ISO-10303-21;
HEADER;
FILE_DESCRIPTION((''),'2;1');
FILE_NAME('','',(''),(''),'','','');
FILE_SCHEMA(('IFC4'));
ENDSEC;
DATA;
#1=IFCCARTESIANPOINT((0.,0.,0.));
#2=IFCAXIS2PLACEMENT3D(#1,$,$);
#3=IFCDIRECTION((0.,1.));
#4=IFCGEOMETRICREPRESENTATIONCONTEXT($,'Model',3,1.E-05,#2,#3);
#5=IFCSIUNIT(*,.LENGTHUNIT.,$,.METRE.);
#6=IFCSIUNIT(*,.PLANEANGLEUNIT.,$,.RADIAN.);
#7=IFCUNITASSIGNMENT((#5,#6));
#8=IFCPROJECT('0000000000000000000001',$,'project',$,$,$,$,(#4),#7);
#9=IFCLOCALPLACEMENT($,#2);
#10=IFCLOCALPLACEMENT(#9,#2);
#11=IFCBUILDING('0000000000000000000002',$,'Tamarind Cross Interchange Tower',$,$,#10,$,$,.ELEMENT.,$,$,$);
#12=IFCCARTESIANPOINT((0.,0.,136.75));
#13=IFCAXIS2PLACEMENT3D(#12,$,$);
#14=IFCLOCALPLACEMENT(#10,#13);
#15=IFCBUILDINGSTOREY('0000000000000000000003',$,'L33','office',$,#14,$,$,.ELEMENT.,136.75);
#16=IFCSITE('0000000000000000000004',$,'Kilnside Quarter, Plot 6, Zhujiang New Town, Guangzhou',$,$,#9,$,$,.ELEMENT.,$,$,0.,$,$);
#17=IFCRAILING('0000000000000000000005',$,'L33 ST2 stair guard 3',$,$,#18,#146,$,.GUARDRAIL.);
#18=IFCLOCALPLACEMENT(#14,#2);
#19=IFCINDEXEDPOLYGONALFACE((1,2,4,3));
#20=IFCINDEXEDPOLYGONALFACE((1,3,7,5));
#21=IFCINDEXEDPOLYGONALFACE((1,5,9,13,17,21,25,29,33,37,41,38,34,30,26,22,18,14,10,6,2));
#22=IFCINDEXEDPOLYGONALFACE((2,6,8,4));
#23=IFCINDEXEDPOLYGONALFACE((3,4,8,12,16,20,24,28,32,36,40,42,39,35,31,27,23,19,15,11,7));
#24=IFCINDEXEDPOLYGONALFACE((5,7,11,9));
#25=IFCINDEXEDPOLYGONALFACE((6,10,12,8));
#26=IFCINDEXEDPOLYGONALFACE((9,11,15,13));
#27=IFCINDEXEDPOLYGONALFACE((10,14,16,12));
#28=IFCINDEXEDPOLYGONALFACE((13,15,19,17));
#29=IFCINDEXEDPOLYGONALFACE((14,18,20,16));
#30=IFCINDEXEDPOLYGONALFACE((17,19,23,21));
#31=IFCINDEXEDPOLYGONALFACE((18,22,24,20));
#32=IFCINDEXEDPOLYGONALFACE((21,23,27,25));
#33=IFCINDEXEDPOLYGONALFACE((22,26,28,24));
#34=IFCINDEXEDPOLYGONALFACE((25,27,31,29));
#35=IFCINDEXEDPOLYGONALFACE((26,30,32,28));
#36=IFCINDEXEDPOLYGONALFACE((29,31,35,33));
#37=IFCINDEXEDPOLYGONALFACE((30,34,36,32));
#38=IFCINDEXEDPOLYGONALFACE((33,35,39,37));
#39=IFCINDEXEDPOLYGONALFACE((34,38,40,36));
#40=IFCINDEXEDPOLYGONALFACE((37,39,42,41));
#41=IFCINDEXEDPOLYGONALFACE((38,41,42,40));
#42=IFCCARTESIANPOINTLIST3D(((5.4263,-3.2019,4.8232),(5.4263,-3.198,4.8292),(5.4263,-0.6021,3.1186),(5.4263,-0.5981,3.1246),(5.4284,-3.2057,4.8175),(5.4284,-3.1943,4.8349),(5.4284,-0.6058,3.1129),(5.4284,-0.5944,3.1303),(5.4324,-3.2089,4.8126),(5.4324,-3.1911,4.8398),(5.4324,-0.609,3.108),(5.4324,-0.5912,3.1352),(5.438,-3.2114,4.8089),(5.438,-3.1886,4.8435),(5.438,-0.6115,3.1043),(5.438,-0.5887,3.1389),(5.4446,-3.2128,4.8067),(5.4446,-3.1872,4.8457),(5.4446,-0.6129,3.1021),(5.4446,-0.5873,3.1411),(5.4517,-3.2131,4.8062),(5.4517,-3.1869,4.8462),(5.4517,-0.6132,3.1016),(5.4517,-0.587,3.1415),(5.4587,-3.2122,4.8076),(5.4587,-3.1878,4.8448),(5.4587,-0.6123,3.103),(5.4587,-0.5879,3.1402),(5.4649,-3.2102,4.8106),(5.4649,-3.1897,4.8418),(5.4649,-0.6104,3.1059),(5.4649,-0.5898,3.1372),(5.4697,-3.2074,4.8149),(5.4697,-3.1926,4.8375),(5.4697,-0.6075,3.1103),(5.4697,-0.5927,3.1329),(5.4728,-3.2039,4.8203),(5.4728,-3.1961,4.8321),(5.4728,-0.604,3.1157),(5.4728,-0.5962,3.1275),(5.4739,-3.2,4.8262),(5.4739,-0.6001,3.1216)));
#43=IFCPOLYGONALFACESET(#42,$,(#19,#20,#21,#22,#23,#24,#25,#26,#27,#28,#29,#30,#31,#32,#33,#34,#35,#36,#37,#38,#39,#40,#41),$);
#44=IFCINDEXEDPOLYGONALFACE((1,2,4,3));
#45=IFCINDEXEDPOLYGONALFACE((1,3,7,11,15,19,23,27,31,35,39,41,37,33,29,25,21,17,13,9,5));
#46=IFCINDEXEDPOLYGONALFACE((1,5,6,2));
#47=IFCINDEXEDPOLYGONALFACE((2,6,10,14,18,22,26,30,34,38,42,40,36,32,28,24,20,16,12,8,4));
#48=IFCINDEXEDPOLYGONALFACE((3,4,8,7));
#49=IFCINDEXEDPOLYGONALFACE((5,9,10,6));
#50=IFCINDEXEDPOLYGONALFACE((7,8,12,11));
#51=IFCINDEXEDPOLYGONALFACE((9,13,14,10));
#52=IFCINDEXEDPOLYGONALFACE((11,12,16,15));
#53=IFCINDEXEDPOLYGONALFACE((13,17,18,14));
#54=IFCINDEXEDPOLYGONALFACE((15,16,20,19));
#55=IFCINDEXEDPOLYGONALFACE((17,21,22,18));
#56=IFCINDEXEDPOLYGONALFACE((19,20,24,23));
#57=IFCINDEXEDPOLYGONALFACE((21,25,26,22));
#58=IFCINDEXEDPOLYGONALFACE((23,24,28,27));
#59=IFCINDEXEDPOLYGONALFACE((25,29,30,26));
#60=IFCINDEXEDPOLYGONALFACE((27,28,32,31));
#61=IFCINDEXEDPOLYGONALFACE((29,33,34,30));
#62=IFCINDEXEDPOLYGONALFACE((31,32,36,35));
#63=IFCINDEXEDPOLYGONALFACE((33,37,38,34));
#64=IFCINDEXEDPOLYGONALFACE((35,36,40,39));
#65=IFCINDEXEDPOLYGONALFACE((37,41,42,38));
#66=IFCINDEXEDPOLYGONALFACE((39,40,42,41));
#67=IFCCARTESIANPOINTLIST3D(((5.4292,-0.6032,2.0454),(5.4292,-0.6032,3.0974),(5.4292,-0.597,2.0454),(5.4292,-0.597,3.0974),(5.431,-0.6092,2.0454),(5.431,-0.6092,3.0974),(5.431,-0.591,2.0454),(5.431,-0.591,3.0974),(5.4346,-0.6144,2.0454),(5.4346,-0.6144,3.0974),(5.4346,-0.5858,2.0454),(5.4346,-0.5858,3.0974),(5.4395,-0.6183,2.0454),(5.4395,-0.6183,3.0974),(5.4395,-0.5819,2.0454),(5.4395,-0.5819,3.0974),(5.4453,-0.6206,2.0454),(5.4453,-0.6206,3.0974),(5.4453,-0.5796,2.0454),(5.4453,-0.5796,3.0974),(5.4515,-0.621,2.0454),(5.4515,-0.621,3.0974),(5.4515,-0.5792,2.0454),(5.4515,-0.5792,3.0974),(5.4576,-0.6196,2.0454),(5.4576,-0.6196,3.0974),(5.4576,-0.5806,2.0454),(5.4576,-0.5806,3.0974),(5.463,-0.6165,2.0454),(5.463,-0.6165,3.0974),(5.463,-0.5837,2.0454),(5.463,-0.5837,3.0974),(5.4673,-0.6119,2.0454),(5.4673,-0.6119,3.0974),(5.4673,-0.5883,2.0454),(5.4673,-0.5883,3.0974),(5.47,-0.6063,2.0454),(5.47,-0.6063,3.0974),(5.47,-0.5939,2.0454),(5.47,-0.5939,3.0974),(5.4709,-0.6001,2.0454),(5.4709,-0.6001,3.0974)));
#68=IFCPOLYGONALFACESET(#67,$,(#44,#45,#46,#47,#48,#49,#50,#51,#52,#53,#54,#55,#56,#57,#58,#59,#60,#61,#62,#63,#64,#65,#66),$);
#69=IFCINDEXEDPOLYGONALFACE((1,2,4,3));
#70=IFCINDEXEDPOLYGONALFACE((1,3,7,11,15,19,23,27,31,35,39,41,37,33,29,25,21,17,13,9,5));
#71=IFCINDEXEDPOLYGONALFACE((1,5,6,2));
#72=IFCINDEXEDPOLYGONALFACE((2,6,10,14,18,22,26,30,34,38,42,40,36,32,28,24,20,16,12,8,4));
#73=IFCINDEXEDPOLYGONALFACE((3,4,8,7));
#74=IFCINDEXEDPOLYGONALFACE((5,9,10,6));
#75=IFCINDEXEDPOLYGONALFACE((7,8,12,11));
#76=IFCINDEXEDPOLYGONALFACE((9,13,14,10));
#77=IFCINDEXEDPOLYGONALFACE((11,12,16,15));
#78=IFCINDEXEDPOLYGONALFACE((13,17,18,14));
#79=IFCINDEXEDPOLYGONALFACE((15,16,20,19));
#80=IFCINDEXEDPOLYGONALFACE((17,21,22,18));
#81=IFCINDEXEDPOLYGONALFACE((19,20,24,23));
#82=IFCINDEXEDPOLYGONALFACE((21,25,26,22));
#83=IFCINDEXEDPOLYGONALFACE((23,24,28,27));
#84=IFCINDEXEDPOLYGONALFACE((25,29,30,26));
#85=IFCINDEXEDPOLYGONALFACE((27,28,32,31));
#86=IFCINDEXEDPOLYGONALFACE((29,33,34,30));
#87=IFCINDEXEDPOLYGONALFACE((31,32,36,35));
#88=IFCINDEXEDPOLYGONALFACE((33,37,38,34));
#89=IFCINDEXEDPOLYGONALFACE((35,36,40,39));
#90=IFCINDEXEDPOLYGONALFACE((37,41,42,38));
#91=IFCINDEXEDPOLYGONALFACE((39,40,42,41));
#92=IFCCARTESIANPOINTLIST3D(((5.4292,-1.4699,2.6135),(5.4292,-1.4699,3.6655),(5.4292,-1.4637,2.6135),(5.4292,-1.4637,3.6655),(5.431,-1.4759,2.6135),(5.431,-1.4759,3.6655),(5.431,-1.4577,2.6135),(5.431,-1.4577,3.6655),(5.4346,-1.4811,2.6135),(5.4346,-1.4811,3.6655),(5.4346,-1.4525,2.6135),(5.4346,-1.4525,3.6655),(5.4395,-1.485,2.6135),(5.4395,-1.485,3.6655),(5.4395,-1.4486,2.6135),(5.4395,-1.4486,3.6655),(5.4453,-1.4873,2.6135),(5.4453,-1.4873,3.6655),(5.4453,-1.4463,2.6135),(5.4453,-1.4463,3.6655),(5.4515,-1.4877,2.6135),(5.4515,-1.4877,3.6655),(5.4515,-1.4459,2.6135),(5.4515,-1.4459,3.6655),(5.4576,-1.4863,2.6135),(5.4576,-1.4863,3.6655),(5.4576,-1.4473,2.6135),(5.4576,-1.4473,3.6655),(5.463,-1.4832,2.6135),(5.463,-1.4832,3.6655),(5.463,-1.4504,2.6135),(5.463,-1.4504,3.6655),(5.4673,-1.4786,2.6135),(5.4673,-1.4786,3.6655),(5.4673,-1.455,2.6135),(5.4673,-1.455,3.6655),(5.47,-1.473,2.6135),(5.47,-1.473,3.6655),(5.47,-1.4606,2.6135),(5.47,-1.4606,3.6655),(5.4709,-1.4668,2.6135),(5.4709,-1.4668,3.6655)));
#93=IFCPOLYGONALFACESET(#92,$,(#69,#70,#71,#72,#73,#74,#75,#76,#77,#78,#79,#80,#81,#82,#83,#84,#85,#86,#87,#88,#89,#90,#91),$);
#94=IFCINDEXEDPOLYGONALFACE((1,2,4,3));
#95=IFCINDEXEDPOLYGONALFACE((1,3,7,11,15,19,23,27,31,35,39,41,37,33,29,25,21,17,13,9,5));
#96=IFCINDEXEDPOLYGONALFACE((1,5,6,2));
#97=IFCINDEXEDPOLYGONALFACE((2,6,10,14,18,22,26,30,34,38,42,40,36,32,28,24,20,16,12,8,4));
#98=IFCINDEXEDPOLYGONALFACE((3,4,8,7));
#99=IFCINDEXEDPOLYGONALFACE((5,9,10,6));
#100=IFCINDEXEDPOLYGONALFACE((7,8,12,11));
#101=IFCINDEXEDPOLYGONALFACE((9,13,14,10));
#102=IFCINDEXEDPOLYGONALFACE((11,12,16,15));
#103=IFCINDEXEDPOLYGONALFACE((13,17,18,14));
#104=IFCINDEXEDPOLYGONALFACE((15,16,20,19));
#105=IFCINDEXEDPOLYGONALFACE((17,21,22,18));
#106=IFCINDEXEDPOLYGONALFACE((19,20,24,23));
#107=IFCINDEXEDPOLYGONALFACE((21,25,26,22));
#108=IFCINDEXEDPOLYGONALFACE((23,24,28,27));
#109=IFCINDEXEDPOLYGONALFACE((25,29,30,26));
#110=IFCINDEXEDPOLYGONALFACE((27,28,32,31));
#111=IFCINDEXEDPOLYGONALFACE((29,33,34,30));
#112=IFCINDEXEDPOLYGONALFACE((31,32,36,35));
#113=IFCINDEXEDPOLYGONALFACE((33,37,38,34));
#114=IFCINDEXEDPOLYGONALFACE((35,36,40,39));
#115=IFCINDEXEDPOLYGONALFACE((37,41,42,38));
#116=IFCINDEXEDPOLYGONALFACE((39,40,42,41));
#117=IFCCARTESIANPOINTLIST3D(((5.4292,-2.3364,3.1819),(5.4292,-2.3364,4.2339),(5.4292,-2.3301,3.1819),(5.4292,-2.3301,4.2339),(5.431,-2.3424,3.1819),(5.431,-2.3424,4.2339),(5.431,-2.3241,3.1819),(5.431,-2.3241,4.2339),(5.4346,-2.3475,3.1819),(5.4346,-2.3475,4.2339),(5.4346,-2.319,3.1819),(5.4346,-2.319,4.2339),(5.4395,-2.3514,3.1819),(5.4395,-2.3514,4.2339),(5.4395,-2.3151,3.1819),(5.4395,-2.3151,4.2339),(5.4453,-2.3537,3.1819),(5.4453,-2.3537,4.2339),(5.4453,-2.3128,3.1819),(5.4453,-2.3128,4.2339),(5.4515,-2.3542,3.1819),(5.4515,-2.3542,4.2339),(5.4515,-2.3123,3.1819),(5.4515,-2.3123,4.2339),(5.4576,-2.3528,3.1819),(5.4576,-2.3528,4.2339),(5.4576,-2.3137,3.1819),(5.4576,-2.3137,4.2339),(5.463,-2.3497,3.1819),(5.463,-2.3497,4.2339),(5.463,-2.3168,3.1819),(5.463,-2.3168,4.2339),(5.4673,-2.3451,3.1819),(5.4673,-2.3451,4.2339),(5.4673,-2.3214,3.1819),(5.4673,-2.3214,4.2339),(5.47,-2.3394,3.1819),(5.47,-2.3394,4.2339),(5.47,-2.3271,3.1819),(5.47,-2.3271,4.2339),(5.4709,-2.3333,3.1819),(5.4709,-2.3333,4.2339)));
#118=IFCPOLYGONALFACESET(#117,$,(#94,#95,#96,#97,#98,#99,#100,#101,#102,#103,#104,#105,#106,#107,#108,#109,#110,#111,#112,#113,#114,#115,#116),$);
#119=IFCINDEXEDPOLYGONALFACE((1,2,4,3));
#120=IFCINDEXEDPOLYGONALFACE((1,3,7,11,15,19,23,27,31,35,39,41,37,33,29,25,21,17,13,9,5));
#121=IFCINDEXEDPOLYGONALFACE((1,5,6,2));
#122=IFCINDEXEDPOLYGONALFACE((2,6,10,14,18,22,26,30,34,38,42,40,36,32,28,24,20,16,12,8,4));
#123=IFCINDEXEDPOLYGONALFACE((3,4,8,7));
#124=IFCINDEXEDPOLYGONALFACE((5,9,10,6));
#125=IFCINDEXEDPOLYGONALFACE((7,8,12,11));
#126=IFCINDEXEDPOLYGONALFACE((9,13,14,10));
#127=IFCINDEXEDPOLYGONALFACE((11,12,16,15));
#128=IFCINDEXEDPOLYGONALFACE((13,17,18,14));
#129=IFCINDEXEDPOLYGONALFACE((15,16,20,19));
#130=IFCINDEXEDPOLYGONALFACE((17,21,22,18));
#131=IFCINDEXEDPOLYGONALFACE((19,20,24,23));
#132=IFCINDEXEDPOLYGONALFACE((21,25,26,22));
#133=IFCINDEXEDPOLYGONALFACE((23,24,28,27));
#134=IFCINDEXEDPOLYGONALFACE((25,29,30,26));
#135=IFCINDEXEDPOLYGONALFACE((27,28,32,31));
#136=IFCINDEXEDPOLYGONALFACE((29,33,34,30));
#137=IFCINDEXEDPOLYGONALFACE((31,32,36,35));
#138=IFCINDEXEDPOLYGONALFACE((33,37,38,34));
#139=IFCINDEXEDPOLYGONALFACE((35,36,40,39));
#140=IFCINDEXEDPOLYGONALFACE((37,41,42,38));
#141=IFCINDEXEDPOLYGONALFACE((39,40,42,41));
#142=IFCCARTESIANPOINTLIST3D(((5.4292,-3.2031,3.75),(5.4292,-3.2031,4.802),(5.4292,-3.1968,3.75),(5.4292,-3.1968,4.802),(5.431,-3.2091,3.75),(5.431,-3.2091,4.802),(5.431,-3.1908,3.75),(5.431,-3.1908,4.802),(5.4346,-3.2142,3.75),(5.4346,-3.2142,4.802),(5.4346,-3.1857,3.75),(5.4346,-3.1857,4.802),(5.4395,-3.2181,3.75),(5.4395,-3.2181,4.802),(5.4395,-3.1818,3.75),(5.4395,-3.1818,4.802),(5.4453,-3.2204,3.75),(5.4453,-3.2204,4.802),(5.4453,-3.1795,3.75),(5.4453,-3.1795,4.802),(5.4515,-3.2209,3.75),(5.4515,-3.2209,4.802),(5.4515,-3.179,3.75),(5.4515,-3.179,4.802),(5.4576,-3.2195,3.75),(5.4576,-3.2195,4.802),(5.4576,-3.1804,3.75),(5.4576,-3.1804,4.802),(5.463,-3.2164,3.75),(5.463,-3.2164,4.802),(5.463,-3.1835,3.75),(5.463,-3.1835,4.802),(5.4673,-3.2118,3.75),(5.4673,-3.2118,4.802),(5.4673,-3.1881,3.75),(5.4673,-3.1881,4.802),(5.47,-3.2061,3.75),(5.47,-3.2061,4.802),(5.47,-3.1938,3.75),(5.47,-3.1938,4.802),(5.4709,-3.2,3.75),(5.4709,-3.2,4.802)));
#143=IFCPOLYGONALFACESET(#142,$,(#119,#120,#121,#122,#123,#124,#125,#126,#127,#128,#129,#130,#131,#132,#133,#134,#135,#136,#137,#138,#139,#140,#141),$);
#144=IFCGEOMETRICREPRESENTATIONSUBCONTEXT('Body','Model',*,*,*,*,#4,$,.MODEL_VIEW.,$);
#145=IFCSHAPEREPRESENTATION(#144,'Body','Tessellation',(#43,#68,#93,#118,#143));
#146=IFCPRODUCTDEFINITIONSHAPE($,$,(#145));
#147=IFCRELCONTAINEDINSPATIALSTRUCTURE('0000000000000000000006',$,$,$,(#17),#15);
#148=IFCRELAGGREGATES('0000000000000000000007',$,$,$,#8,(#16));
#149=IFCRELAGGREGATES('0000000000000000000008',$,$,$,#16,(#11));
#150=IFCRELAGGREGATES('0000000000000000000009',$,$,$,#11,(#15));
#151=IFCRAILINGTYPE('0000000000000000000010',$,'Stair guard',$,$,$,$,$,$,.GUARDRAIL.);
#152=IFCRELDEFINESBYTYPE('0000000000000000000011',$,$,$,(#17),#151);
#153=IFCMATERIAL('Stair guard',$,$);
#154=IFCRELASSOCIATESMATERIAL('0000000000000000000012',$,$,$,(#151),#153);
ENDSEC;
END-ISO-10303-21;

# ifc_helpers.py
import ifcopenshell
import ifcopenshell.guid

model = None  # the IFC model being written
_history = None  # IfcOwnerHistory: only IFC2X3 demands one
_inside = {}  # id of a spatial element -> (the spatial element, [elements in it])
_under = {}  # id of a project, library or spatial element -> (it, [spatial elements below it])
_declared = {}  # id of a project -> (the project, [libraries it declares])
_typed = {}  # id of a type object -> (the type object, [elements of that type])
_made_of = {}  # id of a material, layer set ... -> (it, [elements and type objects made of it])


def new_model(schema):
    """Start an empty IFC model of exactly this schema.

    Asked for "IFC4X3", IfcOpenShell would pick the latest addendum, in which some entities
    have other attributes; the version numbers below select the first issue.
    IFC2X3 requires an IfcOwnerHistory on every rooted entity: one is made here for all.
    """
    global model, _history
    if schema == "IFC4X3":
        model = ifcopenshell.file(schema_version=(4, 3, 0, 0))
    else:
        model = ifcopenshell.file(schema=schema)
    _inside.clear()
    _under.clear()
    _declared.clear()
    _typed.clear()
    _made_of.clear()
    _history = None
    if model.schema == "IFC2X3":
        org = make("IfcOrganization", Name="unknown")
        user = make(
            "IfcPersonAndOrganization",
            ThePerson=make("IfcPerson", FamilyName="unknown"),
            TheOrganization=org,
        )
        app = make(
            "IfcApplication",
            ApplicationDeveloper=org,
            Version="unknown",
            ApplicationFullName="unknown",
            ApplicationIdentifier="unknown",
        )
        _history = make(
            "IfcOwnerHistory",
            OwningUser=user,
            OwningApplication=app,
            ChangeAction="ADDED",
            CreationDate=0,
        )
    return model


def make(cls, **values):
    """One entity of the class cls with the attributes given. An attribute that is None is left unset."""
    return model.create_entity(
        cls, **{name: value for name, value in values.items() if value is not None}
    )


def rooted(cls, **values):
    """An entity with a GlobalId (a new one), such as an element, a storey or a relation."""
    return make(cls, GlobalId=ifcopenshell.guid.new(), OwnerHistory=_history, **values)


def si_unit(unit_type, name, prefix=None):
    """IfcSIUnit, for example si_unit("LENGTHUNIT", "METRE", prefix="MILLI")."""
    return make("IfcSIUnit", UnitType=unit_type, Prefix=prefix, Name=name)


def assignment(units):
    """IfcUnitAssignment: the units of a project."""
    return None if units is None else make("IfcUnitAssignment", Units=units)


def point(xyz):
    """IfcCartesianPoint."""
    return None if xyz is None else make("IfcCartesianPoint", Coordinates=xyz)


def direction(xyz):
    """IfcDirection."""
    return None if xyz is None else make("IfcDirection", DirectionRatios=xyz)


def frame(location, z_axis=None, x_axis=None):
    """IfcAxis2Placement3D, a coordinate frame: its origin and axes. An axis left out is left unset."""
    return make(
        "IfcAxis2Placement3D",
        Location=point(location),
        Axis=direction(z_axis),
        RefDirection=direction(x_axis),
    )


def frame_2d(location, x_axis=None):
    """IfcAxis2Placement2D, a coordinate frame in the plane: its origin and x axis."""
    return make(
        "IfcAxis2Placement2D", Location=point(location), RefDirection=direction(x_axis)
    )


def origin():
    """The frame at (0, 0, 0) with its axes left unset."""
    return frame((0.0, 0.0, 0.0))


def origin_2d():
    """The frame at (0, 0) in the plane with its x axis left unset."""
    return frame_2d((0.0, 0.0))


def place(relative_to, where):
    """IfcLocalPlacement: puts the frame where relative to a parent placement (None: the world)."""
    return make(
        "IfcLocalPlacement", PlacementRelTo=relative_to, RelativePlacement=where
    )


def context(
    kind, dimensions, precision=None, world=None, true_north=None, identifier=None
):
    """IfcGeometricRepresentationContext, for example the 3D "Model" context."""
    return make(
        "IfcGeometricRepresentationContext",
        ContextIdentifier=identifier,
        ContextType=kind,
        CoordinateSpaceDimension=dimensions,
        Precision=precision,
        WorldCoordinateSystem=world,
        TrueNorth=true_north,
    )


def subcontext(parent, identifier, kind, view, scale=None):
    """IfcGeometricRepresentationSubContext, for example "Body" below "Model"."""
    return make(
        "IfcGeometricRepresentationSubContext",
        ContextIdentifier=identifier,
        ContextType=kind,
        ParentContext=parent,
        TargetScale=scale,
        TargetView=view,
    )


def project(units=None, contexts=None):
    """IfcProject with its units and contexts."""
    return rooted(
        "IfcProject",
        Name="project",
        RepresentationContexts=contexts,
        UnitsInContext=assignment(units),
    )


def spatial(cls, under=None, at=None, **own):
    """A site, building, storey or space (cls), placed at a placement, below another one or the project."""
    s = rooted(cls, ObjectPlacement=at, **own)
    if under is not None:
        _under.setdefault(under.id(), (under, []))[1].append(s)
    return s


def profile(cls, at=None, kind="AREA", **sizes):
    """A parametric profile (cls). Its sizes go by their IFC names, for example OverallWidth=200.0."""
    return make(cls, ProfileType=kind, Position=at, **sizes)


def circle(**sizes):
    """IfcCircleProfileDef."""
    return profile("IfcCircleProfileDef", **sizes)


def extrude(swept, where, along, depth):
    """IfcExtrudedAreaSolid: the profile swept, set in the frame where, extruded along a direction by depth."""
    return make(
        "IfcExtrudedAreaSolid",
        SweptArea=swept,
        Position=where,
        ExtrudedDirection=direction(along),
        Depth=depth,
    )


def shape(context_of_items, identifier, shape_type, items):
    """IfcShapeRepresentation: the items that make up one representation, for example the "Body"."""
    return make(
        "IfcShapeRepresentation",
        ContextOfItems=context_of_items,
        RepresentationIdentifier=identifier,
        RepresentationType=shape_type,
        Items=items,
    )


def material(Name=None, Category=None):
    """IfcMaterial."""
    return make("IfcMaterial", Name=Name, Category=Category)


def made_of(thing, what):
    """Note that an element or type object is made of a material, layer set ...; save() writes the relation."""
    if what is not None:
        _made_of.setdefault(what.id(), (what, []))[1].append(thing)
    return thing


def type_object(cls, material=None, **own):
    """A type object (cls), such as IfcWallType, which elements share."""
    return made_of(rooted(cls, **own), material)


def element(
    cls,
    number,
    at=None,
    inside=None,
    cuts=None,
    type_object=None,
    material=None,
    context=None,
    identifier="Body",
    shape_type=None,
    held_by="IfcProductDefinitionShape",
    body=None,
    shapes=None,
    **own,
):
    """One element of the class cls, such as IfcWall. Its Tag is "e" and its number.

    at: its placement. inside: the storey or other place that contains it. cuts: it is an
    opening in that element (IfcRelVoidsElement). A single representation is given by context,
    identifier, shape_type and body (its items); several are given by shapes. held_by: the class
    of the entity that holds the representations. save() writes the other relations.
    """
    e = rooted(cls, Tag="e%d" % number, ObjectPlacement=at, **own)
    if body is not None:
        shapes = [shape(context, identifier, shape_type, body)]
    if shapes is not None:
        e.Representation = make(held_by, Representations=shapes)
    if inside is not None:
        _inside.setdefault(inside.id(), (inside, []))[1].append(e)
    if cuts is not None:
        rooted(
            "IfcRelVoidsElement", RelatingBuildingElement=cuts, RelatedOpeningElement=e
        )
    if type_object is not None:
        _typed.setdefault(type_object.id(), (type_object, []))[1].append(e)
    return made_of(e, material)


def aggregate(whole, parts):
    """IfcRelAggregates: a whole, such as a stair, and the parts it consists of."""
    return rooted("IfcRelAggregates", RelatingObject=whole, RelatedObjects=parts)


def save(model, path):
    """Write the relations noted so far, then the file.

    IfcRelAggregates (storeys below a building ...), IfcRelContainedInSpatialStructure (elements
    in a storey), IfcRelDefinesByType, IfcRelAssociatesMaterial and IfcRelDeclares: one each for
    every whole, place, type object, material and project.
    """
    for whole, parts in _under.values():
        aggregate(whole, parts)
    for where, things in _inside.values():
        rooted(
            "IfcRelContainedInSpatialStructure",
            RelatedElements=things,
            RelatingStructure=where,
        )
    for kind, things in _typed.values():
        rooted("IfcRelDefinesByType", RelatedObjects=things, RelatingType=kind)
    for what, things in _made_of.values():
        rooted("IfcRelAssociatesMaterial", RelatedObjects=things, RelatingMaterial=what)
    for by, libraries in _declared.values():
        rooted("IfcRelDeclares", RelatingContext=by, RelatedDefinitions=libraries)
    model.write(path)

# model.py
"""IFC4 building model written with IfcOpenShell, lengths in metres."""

from ifc_helpers import new_model, si_unit, direction, frame, origin, origin_2d, place, context, subcontext, project, spatial, circle, extrude, material, type_object, element, save


model = new_model("IFC4")

# Units and contexts
model_context = context("Model", 3, precision=1e-05, world=origin(), true_north=direction((0.0, 1.0)))
body_context = subcontext(model_context, "Body", "Model", "MODEL_VIEW")
ifc_project = project(units=[si_unit("LENGTHUNIT", "METRE"), si_unit("PLANEANGLEUNIT", "RADIAN")], contexts=[model_context])

# Site, building, storey
site_placement = place(None, origin())
site = spatial("IfcSite", under=ifc_project, at=site_placement, Name="Kilnside Quarter, Plot 6, Zhujiang New Town, Guangzhou", CompositionType="ELEMENT", RefElevation=0.0)
building_placement = place(site_placement, origin())
building = spatial("IfcBuilding", under=site, at=building_placement, Name="Tamarind Cross Interchange Tower", CompositionType="ELEMENT")
storey_placement = place(building_placement, frame((0.0, 0.0, 136.75)))
storey = spatial("IfcBuildingStorey", under=building, at=storey_placement, Name="L33", Description="office", CompositionType="ELEMENT", Elevation=136.75)

# Railing
ifc_material_1 = material(Name="Stair guard")
railing_type_1 = type_object("IfcRailingType", Name="Stair guard", PredefinedType="GUARDRAIL", material=ifc_material_1)
railing_1_placement = place(storey_placement, frame((5.45, -0.6001, 2.0454)))
element("IfcRailing", 1, at=railing_1_placement, inside=storey, type_object=railing_type_1, Name="L33 ST2 stair guard 3", PredefinedType="GUARDRAIL", context=body_context, shape_type="SweptSolid", body=[
    extrude(circle(Radius=0.0239, at=origin_2d()), frame((0.0, 0.0, 1.0762), z_axis=(0.0, -0.836279, 0.548305), x_axis=(1.0, 0.0, 0.0)), (0.0, 0.0, 1.0), 3.1089),
    extrude(circle(Radius=0.021, at=origin_2d()), origin(), (0.0, 0.0, 1.0), 1.052),
    extrude(circle(Radius=0.021, at=origin_2d()), frame((0.0, -0.8667, 0.5681)), (0.0, 0.0, 1.0), 1.052),
    extrude(circle(Radius=0.021, at=origin_2d()), frame((0.0, -1.7332, 1.1365)), (0.0, 0.0, 1.0), 1.052),
    extrude(circle(Radius=0.021, at=origin_2d()), frame((0.0, -2.5999, 1.7046)), (0.0, 0.0, 1.0), 1.052),
])

save(model, "model.ifc")
